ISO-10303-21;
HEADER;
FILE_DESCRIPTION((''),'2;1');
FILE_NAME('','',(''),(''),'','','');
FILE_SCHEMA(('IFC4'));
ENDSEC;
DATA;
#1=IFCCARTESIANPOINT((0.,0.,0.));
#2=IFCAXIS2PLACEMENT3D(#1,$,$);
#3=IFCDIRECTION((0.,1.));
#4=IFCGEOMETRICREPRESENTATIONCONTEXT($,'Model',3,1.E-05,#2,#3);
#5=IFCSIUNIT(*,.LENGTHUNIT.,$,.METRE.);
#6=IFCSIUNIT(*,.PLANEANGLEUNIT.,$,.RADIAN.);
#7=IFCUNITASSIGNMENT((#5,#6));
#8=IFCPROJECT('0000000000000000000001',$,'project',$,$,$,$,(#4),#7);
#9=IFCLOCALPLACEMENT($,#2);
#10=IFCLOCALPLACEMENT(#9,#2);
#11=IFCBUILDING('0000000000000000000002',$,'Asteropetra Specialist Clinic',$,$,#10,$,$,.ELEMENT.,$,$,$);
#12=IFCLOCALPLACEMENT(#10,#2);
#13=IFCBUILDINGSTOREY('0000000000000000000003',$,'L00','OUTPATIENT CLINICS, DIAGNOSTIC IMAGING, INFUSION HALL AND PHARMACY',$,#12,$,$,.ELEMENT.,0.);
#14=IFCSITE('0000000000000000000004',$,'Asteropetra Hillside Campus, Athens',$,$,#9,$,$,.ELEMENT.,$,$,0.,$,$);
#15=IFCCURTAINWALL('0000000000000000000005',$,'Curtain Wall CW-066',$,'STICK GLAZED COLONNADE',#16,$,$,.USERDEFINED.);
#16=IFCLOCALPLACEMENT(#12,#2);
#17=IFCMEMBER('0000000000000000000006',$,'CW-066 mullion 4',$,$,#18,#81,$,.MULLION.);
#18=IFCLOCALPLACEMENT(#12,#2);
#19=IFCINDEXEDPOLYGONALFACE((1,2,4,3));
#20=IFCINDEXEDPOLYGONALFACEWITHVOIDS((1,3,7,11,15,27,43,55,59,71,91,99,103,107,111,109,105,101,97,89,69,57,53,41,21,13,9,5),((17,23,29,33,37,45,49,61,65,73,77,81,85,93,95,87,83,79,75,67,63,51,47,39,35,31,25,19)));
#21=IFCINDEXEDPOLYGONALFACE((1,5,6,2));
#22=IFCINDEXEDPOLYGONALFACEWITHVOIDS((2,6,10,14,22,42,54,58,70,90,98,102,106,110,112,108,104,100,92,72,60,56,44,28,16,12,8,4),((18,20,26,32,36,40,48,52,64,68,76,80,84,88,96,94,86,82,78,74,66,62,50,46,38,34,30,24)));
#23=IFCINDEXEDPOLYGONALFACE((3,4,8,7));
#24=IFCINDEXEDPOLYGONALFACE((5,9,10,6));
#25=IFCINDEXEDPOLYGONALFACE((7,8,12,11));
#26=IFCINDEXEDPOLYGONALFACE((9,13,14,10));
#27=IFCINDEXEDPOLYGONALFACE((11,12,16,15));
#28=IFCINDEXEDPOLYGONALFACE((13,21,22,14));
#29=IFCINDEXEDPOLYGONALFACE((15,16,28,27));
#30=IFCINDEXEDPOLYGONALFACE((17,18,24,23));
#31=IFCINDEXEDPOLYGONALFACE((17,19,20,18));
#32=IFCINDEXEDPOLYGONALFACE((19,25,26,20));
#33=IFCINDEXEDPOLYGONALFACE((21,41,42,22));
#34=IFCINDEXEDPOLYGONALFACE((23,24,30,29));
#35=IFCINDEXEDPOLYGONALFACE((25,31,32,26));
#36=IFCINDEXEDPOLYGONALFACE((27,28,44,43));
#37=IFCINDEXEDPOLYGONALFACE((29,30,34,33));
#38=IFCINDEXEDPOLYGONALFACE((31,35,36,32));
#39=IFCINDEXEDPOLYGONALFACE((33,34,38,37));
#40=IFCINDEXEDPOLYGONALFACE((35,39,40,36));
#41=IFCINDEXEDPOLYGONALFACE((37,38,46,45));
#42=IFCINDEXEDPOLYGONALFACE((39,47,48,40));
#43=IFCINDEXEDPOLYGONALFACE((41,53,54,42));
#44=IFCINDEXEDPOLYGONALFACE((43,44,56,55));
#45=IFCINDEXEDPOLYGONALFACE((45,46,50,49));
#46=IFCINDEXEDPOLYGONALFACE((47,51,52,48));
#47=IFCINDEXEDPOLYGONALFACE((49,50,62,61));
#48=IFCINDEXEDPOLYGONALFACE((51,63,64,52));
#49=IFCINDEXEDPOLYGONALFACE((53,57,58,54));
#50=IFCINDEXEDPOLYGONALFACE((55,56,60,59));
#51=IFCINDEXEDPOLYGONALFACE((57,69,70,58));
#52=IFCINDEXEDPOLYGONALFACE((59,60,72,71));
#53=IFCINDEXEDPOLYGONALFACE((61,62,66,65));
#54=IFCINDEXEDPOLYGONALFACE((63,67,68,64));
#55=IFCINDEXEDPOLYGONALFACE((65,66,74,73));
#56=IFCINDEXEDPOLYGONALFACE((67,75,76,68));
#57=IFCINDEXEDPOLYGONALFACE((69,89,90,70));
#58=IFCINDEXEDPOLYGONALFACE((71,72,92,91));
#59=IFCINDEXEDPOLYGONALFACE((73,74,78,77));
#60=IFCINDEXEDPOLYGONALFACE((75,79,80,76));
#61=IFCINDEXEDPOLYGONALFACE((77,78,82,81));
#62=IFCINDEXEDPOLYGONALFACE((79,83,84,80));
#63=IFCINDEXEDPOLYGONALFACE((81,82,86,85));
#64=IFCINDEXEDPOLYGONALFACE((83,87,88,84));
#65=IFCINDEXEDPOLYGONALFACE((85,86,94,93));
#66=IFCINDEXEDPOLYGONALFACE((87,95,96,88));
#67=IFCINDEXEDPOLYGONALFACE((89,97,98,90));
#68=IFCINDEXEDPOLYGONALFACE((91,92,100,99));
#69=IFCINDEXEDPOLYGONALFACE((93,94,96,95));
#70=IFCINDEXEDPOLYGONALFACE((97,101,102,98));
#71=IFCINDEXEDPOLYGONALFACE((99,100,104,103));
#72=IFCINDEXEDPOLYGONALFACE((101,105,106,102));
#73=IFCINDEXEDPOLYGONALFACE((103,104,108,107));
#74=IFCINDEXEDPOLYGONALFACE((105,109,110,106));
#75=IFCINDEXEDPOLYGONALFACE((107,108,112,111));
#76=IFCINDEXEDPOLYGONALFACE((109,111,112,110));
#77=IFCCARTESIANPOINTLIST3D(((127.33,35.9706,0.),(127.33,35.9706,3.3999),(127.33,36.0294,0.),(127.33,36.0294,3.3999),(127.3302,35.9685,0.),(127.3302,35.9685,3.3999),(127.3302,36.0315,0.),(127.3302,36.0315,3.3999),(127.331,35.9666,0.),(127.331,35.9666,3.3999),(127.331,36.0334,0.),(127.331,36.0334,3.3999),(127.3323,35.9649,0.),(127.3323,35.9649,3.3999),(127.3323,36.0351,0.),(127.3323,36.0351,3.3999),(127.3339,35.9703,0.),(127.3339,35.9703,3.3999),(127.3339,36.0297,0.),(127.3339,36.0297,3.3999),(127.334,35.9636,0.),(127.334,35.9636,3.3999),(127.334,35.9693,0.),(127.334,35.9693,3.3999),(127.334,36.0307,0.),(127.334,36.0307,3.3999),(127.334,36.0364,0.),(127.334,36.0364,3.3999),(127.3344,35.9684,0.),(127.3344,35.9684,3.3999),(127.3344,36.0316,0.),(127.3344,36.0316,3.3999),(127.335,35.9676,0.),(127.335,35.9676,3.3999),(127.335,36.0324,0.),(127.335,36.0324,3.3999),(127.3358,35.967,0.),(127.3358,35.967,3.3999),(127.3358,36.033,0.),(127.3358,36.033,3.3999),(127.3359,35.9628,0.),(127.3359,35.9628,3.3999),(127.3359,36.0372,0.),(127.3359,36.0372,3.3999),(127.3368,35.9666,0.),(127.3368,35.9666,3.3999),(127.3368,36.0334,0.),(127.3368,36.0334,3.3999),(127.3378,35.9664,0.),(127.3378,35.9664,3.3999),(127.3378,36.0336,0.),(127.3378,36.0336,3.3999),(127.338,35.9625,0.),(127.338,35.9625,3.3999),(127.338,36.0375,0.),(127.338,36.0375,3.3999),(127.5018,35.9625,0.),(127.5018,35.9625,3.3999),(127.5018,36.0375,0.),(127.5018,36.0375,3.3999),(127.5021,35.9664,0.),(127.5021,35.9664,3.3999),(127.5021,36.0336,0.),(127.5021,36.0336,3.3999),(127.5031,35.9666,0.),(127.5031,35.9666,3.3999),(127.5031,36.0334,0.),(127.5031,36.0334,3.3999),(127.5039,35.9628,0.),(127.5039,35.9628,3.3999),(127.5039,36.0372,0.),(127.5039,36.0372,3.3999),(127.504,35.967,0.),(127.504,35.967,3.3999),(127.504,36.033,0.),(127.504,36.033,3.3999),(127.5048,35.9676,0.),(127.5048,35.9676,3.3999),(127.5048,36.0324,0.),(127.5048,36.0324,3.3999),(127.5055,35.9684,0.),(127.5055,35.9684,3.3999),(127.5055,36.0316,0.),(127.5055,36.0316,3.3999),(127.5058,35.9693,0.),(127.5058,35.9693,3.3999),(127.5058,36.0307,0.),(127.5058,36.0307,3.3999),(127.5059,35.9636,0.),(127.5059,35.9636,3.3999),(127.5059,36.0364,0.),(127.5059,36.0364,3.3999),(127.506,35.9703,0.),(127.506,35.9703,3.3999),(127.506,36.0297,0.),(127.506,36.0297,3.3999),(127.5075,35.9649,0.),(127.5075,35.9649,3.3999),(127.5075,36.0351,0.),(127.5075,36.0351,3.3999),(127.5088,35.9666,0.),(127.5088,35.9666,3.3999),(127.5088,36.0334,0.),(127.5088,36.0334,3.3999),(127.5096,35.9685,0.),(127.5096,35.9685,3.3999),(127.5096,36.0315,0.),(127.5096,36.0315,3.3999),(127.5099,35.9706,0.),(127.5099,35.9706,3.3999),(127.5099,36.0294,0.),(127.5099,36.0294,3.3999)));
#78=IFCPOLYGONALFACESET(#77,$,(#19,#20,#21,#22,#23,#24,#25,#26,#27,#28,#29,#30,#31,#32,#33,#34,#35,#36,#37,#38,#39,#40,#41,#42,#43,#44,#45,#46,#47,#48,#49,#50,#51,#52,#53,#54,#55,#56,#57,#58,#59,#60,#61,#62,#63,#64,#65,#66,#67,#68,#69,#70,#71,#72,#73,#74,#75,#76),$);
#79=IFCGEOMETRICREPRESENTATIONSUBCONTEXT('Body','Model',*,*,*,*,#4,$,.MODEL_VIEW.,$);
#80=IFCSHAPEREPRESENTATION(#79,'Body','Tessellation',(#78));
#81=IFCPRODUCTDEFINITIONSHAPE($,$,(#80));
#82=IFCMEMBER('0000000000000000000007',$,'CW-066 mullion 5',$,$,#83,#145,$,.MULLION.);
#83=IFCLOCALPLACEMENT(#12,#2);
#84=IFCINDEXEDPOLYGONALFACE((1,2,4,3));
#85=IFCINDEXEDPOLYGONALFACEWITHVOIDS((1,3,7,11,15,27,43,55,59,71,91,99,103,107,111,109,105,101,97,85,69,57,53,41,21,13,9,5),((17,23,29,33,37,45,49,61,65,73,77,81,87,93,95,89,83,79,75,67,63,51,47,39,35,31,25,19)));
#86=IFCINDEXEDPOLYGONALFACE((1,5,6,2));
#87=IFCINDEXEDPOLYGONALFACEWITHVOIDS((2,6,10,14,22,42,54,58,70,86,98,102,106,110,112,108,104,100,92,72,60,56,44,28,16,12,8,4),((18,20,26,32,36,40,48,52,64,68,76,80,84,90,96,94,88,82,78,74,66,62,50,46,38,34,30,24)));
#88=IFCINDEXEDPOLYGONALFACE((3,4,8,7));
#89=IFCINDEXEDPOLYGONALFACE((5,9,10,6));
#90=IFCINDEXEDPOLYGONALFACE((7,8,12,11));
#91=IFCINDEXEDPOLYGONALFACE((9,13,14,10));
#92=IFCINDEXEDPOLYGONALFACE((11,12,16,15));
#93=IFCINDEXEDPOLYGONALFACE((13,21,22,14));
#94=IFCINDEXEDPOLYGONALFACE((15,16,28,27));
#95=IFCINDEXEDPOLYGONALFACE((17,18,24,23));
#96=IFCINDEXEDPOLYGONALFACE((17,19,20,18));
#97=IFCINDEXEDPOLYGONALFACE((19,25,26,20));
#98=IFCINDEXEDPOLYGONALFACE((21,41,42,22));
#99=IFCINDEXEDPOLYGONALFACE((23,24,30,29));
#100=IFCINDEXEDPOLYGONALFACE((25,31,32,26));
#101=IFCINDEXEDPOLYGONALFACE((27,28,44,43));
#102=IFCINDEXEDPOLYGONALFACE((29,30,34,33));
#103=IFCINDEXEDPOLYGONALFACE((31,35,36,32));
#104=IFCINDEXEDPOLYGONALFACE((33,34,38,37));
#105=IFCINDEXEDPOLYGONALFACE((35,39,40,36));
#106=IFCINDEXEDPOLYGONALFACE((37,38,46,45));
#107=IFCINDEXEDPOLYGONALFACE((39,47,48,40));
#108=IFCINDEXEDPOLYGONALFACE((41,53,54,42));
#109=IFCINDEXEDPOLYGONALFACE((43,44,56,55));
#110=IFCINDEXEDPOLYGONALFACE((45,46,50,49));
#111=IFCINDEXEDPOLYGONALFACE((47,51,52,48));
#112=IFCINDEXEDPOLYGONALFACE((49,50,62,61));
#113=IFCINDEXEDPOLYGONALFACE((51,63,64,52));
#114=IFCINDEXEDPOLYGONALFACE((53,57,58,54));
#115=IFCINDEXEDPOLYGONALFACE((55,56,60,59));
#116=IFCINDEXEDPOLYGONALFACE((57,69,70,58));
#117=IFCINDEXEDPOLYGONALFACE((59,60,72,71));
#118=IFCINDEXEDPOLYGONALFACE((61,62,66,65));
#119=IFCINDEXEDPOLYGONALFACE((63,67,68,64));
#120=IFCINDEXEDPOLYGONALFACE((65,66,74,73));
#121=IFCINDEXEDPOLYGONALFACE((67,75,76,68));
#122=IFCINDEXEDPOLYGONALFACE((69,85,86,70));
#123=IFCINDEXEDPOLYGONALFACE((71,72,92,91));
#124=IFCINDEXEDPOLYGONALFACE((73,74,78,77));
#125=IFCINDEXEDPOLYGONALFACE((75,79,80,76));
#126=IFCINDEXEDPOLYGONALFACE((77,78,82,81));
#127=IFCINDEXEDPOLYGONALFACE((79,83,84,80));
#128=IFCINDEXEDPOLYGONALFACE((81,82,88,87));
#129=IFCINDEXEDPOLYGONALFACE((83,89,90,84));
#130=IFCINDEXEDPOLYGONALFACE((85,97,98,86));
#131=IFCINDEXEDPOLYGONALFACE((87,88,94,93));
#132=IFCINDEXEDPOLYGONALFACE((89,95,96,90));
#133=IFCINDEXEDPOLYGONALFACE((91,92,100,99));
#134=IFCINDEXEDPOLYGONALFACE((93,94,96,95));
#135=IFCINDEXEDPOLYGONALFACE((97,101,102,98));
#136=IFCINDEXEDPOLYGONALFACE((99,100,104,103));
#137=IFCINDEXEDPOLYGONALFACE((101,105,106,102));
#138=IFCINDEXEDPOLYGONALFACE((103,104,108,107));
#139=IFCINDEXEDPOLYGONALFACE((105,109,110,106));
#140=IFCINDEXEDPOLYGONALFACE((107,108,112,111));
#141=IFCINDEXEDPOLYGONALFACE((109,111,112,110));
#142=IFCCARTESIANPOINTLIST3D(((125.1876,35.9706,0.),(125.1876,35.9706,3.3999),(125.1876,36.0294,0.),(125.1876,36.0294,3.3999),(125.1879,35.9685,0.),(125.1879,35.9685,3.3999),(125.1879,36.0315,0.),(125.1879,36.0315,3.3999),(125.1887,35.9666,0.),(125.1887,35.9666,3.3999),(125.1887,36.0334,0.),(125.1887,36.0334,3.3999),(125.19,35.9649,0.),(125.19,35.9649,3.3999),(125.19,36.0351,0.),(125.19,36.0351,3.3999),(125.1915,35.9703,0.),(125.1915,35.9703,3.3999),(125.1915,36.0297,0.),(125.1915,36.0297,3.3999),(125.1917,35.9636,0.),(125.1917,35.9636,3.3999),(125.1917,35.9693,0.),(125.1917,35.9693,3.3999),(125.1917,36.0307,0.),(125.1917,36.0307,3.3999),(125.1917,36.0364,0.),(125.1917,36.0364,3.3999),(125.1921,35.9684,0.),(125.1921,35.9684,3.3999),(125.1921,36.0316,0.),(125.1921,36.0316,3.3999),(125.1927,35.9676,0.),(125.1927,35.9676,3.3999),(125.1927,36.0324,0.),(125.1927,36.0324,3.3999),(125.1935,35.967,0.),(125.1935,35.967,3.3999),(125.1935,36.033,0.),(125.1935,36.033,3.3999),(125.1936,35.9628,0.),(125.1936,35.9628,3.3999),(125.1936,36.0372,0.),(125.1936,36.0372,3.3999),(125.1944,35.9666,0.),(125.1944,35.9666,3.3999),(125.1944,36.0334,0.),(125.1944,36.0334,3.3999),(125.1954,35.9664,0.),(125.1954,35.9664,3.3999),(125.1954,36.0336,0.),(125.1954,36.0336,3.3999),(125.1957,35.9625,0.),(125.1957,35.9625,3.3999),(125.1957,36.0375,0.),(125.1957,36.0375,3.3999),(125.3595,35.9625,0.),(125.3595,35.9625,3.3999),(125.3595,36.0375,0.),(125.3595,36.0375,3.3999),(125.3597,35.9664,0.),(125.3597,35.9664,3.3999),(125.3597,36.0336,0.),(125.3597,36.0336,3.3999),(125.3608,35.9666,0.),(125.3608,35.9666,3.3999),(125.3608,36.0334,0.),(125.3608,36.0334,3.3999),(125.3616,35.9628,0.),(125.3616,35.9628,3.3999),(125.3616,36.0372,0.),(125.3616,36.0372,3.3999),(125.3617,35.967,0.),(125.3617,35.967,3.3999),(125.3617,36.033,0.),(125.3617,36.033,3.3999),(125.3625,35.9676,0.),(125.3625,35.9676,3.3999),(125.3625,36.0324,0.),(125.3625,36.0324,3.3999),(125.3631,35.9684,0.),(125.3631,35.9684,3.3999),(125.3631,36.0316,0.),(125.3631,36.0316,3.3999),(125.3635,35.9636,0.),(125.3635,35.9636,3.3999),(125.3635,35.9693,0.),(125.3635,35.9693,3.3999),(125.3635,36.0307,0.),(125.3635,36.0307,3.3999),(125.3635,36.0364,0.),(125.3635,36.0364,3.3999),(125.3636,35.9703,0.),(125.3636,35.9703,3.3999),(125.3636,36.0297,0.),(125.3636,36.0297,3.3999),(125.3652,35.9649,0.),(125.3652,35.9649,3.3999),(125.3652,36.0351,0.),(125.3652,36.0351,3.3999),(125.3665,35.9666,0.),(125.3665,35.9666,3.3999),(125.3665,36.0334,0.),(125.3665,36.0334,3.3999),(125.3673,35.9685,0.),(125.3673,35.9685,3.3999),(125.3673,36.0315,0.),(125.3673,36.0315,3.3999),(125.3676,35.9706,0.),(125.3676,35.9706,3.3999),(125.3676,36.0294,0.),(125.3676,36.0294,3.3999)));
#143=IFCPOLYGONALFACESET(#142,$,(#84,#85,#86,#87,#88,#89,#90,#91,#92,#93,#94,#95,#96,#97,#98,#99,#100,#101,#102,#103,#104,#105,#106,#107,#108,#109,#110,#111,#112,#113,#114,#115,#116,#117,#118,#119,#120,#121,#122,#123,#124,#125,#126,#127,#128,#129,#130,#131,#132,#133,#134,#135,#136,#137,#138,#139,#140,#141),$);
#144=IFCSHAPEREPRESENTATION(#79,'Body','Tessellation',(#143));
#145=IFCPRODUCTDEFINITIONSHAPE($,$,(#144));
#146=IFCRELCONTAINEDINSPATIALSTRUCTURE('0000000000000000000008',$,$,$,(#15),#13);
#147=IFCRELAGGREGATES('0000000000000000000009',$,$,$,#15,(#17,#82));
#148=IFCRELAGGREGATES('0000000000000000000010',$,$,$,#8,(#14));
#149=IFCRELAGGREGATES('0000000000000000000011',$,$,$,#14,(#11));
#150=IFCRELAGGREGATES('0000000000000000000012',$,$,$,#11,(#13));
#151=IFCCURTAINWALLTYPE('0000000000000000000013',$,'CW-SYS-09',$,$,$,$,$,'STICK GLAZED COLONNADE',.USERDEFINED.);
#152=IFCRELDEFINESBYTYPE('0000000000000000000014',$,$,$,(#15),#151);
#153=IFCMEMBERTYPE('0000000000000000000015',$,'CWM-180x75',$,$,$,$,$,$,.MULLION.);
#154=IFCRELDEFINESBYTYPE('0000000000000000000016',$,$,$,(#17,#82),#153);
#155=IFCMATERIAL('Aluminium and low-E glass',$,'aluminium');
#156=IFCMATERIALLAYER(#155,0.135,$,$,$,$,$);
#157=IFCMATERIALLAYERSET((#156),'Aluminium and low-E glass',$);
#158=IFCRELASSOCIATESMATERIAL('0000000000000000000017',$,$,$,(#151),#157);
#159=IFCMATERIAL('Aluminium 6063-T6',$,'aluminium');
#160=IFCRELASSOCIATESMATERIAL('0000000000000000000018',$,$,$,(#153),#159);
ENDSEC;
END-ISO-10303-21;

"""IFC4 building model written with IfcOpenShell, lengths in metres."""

from ifc_helpers import new_model, si_unit, direction, frame, origin, origin_2d, place, context, subcontext, project, spatial, hollow_rectangle, extrude, material, layer, layer_set, material_profile, profile_set, type_object, element, aggregate, save


model = new_model("IFC4")

# Units and contexts
model_context = context("Model", 3, precision=1e-05, world=origin(), true_north=direction((0.0, 1.0)))
body_context = subcontext(model_context, "Body", "Model", "MODEL_VIEW")
ifc_project = project(units=[si_unit("LENGTHUNIT", "METRE"), si_unit("PLANEANGLEUNIT", "RADIAN")], contexts=[model_context])

# Site, building, storey
site_placement = place(None, origin())
site = spatial("IfcSite", under=ifc_project, at=site_placement, Name="Asteropetra Hillside Campus, Athens", CompositionType="ELEMENT", RefElevation=0.0)
building_placement = place(site_placement, origin())
building = spatial("IfcBuilding", under=site, at=building_placement, Name="Asteropetra Specialist Clinic", CompositionType="ELEMENT")
storey_placement = place(building_placement, origin())
storey = spatial("IfcBuildingStorey", under=building, at=storey_placement, Name="L00", Description="OUTPATIENT CLINICS, DIAGNOSTIC IMAGING, INFUSION HALL AND PHARMACY", CompositionType="ELEMENT", Elevation=0.0)

# Curtain wall, members
ifc_material_1 = material(Name="Aluminium and low-E glass", Category="aluminium")
ifc_layer_1 = layer(ifc_material_1, 0.135)
ifc_layer_set_1 = layer_set([ifc_layer_1], Name="Aluminium and low-E glass")
curtain_wall_type_1 = type_object("IfcCurtainWallType", Name="CW-SYS-09", ElementType="STICK GLAZED COLONNADE", PredefinedType="USERDEFINED", material=ifc_layer_set_1)
curtain_wall_1_placement = place(storey_placement, origin())
curtain_wall_1 = element("IfcCurtainWall", 1, at=curtain_wall_1_placement, inside=storey, type_object=curtain_wall_type_1, Name="Curtain Wall CW-066", ObjectType="STICK GLAZED COLONNADE", PredefinedType="USERDEFINED")
ifc_material_2 = material(Name="Aluminium 6063-T6", Category="aluminium")
ifc_material_profile_1 = material_profile(ifc_material_2, hollow_rectangle(XDim=0.075, YDim=0.1799, WallThickness=0.0039, InnerFilletRadius=0.0039, OuterFilletRadius=0.0081, at=origin_2d()), Name="MUL 180x75x4.0")
ifc_profile_set_1 = profile_set([ifc_material_profile_1], Name="Aluminium 6063-T6")
member_type_1 = type_object("IfcMemberType", Name="CWM-180x75", PredefinedType="MULLION", material=ifc_profile_set_1)
member_1_placement = place(storey_placement, frame((127.4199, 36.0, 0.0), z_axis=(0.0, 0.0, 1.0), x_axis=(0.0, -1.0, 0.0)))
member_1 = element("IfcMember", 2, at=member_1_placement, type_object=member_type_1, Name="CW-066 mullion 4", PredefinedType="MULLION", context=body_context, shape_type="SweptSolid", body=[
    extrude(hollow_rectangle(XDim=0.075, YDim=0.1799, WallThickness=0.0039, InnerFilletRadius=0.0039, OuterFilletRadius=0.0081, at=origin_2d()), origin(), (0.0, 0.0, 1.0), 3.3999),
])
member_2_placement = place(storey_placement, frame((125.2776, 36.0, 0.0), z_axis=(0.0, 0.0, 1.0), x_axis=(0.0, -1.0, 0.0)))
member_2 = element("IfcMember", 3, at=member_2_placement, type_object=member_type_1, Name="CW-066 mullion 5", PredefinedType="MULLION", context=body_context, shape_type="SweptSolid", body=[
    extrude(hollow_rectangle(XDim=0.075, YDim=0.1799, WallThickness=0.0039, InnerFilletRadius=0.0039, OuterFilletRadius=0.0081, at=origin_2d()), origin(), (0.0, 0.0, 1.0), 3.3999),
])

aggregate(curtain_wall_1, [member_1, member_2])

save(model, "model.ifc")
